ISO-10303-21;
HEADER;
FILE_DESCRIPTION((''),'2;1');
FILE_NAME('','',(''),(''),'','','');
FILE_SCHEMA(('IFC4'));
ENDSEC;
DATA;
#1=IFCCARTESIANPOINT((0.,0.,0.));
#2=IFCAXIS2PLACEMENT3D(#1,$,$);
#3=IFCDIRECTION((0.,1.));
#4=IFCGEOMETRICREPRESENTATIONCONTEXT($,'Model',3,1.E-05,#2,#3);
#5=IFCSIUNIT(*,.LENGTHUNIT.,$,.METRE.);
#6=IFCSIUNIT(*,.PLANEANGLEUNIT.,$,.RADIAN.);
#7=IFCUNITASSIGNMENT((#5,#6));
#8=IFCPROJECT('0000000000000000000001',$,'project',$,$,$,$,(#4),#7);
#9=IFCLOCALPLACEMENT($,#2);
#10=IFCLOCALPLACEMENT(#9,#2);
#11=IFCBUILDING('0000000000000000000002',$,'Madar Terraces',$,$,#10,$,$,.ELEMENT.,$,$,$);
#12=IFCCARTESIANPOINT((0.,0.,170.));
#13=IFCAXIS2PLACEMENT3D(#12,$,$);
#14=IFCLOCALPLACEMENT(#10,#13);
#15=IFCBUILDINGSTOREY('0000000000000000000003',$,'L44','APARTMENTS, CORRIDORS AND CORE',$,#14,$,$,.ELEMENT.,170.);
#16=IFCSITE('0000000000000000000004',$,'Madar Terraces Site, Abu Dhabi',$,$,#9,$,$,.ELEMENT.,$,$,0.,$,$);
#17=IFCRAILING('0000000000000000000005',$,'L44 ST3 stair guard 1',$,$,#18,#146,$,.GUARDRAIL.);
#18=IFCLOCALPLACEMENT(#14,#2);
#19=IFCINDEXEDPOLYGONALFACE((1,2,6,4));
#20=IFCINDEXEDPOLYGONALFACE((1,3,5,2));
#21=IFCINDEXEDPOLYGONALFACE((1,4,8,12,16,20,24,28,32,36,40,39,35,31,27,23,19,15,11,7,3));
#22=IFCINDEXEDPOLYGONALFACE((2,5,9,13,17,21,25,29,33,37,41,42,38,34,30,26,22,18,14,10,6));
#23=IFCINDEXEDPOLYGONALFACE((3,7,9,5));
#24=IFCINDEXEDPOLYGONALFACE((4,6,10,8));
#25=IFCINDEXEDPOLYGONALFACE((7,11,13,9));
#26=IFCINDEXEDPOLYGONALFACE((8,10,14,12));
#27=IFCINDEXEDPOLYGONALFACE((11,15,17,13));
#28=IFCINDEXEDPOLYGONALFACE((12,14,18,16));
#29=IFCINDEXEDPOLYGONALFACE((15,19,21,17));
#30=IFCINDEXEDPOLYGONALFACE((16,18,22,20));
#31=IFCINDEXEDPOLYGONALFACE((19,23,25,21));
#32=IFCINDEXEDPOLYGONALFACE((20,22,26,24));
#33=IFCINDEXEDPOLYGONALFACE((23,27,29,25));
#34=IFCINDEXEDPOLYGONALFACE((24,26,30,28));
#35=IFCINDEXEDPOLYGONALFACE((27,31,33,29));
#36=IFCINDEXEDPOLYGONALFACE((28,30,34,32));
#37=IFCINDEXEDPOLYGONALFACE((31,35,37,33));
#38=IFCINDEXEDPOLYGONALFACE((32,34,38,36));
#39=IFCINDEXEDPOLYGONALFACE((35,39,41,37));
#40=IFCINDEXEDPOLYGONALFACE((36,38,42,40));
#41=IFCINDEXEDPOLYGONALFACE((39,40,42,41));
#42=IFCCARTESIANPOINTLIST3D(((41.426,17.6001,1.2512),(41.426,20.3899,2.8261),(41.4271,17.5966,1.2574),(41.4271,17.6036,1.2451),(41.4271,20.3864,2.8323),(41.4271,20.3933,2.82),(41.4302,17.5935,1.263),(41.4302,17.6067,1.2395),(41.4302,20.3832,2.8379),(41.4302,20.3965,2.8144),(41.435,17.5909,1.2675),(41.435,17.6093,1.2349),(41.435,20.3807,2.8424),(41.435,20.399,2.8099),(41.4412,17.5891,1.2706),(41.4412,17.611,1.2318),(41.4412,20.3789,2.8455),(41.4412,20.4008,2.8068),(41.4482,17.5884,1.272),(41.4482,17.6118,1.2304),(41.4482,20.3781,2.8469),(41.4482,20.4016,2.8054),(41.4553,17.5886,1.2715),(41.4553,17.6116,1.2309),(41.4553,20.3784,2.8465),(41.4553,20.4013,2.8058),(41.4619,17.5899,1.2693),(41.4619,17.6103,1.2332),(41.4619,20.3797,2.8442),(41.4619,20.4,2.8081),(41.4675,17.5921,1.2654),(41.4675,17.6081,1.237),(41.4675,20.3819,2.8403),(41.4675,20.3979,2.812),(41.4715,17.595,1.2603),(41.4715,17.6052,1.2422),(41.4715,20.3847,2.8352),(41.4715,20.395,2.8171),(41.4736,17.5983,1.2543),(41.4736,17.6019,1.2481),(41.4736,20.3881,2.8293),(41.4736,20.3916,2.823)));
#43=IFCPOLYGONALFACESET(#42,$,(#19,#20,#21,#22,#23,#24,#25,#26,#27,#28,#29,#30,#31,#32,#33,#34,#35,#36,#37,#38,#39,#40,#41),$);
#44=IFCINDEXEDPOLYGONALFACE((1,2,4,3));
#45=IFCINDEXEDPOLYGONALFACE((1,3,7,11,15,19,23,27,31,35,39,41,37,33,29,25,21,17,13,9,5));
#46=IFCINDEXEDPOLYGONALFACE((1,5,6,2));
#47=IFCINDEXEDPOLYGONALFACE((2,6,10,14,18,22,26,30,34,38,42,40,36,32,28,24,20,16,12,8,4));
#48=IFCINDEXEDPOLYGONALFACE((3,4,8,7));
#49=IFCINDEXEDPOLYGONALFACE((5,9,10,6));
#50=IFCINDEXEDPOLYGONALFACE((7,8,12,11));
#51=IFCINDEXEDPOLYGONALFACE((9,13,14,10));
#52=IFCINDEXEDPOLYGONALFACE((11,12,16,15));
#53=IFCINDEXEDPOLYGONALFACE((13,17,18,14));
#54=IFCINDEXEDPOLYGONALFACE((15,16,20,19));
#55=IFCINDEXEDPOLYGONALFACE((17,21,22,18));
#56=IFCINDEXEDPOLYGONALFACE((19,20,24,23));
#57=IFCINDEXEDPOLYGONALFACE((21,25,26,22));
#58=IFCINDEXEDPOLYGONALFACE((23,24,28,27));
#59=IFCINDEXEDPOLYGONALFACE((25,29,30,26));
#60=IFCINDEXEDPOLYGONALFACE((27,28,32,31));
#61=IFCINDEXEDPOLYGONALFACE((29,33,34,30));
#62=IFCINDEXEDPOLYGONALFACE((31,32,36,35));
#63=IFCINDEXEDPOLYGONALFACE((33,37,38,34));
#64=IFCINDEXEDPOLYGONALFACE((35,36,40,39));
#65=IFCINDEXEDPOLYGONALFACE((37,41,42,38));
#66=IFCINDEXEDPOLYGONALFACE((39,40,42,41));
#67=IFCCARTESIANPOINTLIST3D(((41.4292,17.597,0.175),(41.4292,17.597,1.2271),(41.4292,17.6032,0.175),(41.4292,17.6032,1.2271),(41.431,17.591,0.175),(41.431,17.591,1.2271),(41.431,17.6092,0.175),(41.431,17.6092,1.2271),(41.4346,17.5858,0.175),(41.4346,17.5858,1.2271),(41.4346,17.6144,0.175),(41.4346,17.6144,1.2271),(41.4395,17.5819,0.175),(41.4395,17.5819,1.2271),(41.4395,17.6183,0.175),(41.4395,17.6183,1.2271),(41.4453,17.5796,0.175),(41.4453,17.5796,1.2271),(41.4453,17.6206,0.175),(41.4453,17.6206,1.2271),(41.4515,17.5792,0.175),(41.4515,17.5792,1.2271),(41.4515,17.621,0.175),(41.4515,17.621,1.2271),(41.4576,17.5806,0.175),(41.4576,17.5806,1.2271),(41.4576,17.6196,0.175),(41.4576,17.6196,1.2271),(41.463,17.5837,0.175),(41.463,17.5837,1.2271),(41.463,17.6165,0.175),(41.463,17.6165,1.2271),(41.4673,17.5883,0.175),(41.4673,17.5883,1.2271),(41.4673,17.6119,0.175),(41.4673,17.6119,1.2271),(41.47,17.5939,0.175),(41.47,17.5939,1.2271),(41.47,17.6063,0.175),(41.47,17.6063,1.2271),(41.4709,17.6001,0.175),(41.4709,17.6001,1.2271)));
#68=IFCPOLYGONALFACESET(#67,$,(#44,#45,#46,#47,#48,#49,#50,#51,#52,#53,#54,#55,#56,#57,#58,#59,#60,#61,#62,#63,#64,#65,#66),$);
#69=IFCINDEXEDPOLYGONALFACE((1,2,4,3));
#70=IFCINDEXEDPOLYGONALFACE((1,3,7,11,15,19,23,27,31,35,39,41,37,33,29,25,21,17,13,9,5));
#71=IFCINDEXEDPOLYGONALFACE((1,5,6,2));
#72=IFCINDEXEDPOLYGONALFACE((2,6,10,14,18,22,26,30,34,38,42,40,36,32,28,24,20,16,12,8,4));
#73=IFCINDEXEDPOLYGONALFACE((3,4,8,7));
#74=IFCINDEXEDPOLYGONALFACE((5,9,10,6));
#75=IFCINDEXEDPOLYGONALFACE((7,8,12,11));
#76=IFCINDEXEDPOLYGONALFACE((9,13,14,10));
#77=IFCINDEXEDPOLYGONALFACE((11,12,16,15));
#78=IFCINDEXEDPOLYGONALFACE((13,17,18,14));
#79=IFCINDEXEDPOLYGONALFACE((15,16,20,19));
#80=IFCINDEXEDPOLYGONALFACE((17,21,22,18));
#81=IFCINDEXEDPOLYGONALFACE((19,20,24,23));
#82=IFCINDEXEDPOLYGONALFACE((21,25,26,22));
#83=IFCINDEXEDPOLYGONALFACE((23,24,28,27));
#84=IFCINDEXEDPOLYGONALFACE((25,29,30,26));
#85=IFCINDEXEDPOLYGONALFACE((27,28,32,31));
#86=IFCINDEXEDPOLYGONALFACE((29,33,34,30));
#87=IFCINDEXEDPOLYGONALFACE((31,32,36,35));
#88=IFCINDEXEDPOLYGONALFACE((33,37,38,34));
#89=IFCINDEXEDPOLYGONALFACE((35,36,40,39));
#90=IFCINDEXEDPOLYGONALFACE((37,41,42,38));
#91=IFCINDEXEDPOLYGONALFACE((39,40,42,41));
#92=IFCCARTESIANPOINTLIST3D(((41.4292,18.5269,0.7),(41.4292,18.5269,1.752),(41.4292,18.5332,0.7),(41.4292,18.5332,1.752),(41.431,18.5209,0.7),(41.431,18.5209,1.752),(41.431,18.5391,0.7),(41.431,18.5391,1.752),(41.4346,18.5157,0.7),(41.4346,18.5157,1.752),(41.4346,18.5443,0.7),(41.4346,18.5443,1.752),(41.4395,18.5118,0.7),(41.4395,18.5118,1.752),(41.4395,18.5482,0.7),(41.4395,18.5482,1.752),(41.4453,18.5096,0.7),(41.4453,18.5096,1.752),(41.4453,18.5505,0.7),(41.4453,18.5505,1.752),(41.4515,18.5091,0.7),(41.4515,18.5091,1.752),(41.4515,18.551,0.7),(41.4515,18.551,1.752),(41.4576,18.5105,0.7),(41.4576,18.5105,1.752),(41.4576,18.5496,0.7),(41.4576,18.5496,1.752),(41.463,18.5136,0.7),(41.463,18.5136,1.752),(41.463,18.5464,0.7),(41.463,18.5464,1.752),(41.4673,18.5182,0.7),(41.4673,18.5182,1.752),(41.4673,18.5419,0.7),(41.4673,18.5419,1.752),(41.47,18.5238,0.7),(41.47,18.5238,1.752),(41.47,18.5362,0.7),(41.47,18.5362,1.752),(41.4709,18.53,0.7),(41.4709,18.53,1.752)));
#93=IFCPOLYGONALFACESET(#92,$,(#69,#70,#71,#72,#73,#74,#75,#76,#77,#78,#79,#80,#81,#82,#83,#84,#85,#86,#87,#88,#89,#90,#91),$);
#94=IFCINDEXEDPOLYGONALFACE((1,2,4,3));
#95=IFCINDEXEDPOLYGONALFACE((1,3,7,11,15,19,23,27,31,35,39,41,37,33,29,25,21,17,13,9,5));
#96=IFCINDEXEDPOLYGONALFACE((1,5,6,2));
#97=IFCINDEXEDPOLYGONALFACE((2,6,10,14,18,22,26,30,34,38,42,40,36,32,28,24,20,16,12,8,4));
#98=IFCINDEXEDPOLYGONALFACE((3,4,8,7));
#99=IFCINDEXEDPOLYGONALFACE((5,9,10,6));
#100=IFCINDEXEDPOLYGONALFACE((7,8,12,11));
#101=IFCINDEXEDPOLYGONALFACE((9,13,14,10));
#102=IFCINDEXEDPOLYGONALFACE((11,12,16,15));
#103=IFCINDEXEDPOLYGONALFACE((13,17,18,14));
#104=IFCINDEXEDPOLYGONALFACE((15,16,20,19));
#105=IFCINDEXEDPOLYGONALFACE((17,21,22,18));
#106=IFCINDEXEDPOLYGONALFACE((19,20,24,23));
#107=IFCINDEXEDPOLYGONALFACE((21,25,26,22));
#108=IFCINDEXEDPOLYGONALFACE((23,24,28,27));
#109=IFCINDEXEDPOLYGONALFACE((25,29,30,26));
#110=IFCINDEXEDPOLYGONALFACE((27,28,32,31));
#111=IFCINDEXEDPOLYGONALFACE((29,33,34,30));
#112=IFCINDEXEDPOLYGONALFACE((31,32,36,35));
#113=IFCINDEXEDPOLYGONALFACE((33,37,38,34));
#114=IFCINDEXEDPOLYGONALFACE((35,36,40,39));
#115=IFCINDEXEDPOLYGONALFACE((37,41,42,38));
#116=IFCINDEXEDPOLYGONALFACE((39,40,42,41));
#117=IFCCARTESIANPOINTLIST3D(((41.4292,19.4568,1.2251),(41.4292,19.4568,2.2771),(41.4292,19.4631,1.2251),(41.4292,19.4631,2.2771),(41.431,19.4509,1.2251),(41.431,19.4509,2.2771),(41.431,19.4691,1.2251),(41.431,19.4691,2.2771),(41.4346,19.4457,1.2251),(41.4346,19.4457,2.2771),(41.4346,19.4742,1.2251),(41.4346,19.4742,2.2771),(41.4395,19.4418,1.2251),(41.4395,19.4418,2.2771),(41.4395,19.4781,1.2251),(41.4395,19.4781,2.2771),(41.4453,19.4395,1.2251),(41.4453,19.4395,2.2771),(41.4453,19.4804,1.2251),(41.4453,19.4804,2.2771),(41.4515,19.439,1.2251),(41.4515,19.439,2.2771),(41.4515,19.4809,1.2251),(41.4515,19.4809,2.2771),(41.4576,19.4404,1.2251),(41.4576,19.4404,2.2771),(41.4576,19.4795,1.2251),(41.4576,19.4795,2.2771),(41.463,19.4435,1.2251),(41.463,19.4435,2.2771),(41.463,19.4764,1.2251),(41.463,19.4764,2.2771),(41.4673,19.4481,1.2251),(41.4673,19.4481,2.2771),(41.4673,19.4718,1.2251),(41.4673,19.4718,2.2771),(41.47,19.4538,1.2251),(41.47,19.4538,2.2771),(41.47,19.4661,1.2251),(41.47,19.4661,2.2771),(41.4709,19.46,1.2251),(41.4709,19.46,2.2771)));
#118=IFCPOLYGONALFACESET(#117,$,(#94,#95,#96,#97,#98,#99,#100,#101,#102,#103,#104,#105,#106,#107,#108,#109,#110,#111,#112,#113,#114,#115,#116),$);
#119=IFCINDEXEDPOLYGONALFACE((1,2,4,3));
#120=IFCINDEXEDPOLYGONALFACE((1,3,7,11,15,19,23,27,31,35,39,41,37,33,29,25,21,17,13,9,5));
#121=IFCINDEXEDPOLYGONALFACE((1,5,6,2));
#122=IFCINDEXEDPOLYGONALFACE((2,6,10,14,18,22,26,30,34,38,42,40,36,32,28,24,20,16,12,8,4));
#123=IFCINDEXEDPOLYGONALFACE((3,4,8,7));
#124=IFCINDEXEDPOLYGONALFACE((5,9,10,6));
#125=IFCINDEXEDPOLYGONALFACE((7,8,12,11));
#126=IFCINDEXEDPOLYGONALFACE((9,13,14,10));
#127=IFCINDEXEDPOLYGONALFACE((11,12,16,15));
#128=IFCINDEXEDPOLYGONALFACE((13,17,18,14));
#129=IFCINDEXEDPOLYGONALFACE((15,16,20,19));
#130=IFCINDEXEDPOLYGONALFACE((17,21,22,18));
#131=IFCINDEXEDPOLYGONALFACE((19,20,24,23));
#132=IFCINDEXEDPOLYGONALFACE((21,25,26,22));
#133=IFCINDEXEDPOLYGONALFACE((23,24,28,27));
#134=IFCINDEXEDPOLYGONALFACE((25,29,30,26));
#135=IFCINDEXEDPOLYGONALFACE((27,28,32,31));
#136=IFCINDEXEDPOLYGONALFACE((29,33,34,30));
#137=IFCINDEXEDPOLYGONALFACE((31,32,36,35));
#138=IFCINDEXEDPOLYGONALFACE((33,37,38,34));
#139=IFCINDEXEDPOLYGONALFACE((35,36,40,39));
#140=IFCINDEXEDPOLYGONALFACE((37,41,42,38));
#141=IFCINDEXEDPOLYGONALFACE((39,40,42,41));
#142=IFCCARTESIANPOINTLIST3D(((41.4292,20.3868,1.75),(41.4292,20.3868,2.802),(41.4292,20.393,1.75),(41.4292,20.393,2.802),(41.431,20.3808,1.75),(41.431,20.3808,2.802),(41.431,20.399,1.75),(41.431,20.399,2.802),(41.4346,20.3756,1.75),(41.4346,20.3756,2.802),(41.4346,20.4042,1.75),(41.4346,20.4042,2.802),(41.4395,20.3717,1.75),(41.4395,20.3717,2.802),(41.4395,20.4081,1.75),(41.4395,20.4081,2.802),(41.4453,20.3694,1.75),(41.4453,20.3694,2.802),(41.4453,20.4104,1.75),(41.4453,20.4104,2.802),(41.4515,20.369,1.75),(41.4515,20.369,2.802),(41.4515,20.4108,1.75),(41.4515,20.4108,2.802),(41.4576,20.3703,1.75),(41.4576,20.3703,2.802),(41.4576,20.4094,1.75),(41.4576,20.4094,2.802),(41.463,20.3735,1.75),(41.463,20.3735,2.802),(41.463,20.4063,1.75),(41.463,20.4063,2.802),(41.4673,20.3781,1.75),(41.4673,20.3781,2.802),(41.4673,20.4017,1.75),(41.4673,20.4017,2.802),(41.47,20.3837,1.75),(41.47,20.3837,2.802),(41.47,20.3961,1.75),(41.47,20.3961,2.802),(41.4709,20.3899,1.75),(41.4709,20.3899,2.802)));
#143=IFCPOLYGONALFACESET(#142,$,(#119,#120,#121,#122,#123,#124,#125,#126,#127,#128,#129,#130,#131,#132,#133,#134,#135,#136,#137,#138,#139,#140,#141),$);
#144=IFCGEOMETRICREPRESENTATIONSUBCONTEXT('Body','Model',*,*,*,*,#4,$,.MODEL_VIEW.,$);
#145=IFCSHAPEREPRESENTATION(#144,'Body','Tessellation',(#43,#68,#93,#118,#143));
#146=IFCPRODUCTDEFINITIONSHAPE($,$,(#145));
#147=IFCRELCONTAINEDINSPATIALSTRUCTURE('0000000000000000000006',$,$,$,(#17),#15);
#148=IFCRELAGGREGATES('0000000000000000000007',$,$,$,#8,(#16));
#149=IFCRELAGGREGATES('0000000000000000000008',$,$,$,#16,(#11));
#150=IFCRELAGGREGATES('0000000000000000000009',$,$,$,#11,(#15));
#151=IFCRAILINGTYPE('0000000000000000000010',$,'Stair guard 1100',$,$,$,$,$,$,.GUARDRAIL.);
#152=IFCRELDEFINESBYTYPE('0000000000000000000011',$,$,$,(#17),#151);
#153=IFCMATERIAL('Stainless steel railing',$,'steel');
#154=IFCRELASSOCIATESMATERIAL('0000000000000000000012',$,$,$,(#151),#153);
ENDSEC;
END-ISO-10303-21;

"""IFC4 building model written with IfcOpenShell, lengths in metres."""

from ifc_helpers import new_model, si_unit, direction, frame, origin, origin_2d, place, context, subcontext, project, spatial, circle, extrude, material, type_object, element, save


model = new_model("IFC4")

# Units and contexts
model_context = context("Model", 3, precision=1e-05, world=origin(), true_north=direction((0.0, 1.0)))
body_context = subcontext(model_context, "Body", "Model", "MODEL_VIEW")
ifc_project = project(units=[si_unit("LENGTHUNIT", "METRE"), si_unit("PLANEANGLEUNIT", "RADIAN")], contexts=[model_context])

# Site, building, storey
site_placement = place(None, origin())
site = spatial("IfcSite", under=ifc_project, at=site_placement, Name="Madar Terraces Site, Abu Dhabi", CompositionType="ELEMENT", RefElevation=0.0)
building_placement = place(site_placement, origin())
building = spatial("IfcBuilding", under=site, at=building_placement, Name="Madar Terraces", CompositionType="ELEMENT")
storey_placement = place(building_placement, frame((0.0, 0.0, 170.0)))
storey = spatial("IfcBuildingStorey", under=building, at=storey_placement, Name="L44", Description="APARTMENTS, CORRIDORS AND CORE", CompositionType="ELEMENT", Elevation=170.0)

# Railing
ifc_material_1 = material(Name="Stainless steel railing", Category="steel")
railing_type_1 = type_object("IfcRailingType", Name="Stair guard 1100", PredefinedType="GUARDRAIL", material=ifc_material_1)
railing_1_placement = place(storey_placement, frame((41.45, 17.6001, 0.175)))
element("IfcRailing", 1, at=railing_1_placement, inside=storey, type_object=railing_type_1, Name="L44 ST3 stair guard 1", PredefinedType="GUARDRAIL", context=body_context, shape_type="SweptSolid", body=[
    extrude(circle(Radius=0.0239, at=origin_2d()), frame((0.0, 0.0, 1.0762), z_axis=(0.0, 0.870815, 0.49161), x_axis=(-1.0, 0.0, 0.0)), (0.0, 0.0, 1.0), 3.2036),
    extrude(circle(Radius=0.021, at=origin_2d()), origin(), (0.0, 0.0, 1.0), 1.052),
    extrude(circle(Radius=0.021, at=origin_2d()), frame((0.0, 0.9299, 0.5249)), (0.0, 0.0, 1.0), 1.052),
    extrude(circle(Radius=0.021, at=origin_2d()), frame((0.0, 1.8599, 1.05)), (0.0, 0.0, 1.0), 1.052),
    extrude(circle(Radius=0.021, at=origin_2d()), frame((0.0, 2.7898, 1.575)), (0.0, 0.0, 1.0), 1.052),
])

save(model, "model.ifc")
